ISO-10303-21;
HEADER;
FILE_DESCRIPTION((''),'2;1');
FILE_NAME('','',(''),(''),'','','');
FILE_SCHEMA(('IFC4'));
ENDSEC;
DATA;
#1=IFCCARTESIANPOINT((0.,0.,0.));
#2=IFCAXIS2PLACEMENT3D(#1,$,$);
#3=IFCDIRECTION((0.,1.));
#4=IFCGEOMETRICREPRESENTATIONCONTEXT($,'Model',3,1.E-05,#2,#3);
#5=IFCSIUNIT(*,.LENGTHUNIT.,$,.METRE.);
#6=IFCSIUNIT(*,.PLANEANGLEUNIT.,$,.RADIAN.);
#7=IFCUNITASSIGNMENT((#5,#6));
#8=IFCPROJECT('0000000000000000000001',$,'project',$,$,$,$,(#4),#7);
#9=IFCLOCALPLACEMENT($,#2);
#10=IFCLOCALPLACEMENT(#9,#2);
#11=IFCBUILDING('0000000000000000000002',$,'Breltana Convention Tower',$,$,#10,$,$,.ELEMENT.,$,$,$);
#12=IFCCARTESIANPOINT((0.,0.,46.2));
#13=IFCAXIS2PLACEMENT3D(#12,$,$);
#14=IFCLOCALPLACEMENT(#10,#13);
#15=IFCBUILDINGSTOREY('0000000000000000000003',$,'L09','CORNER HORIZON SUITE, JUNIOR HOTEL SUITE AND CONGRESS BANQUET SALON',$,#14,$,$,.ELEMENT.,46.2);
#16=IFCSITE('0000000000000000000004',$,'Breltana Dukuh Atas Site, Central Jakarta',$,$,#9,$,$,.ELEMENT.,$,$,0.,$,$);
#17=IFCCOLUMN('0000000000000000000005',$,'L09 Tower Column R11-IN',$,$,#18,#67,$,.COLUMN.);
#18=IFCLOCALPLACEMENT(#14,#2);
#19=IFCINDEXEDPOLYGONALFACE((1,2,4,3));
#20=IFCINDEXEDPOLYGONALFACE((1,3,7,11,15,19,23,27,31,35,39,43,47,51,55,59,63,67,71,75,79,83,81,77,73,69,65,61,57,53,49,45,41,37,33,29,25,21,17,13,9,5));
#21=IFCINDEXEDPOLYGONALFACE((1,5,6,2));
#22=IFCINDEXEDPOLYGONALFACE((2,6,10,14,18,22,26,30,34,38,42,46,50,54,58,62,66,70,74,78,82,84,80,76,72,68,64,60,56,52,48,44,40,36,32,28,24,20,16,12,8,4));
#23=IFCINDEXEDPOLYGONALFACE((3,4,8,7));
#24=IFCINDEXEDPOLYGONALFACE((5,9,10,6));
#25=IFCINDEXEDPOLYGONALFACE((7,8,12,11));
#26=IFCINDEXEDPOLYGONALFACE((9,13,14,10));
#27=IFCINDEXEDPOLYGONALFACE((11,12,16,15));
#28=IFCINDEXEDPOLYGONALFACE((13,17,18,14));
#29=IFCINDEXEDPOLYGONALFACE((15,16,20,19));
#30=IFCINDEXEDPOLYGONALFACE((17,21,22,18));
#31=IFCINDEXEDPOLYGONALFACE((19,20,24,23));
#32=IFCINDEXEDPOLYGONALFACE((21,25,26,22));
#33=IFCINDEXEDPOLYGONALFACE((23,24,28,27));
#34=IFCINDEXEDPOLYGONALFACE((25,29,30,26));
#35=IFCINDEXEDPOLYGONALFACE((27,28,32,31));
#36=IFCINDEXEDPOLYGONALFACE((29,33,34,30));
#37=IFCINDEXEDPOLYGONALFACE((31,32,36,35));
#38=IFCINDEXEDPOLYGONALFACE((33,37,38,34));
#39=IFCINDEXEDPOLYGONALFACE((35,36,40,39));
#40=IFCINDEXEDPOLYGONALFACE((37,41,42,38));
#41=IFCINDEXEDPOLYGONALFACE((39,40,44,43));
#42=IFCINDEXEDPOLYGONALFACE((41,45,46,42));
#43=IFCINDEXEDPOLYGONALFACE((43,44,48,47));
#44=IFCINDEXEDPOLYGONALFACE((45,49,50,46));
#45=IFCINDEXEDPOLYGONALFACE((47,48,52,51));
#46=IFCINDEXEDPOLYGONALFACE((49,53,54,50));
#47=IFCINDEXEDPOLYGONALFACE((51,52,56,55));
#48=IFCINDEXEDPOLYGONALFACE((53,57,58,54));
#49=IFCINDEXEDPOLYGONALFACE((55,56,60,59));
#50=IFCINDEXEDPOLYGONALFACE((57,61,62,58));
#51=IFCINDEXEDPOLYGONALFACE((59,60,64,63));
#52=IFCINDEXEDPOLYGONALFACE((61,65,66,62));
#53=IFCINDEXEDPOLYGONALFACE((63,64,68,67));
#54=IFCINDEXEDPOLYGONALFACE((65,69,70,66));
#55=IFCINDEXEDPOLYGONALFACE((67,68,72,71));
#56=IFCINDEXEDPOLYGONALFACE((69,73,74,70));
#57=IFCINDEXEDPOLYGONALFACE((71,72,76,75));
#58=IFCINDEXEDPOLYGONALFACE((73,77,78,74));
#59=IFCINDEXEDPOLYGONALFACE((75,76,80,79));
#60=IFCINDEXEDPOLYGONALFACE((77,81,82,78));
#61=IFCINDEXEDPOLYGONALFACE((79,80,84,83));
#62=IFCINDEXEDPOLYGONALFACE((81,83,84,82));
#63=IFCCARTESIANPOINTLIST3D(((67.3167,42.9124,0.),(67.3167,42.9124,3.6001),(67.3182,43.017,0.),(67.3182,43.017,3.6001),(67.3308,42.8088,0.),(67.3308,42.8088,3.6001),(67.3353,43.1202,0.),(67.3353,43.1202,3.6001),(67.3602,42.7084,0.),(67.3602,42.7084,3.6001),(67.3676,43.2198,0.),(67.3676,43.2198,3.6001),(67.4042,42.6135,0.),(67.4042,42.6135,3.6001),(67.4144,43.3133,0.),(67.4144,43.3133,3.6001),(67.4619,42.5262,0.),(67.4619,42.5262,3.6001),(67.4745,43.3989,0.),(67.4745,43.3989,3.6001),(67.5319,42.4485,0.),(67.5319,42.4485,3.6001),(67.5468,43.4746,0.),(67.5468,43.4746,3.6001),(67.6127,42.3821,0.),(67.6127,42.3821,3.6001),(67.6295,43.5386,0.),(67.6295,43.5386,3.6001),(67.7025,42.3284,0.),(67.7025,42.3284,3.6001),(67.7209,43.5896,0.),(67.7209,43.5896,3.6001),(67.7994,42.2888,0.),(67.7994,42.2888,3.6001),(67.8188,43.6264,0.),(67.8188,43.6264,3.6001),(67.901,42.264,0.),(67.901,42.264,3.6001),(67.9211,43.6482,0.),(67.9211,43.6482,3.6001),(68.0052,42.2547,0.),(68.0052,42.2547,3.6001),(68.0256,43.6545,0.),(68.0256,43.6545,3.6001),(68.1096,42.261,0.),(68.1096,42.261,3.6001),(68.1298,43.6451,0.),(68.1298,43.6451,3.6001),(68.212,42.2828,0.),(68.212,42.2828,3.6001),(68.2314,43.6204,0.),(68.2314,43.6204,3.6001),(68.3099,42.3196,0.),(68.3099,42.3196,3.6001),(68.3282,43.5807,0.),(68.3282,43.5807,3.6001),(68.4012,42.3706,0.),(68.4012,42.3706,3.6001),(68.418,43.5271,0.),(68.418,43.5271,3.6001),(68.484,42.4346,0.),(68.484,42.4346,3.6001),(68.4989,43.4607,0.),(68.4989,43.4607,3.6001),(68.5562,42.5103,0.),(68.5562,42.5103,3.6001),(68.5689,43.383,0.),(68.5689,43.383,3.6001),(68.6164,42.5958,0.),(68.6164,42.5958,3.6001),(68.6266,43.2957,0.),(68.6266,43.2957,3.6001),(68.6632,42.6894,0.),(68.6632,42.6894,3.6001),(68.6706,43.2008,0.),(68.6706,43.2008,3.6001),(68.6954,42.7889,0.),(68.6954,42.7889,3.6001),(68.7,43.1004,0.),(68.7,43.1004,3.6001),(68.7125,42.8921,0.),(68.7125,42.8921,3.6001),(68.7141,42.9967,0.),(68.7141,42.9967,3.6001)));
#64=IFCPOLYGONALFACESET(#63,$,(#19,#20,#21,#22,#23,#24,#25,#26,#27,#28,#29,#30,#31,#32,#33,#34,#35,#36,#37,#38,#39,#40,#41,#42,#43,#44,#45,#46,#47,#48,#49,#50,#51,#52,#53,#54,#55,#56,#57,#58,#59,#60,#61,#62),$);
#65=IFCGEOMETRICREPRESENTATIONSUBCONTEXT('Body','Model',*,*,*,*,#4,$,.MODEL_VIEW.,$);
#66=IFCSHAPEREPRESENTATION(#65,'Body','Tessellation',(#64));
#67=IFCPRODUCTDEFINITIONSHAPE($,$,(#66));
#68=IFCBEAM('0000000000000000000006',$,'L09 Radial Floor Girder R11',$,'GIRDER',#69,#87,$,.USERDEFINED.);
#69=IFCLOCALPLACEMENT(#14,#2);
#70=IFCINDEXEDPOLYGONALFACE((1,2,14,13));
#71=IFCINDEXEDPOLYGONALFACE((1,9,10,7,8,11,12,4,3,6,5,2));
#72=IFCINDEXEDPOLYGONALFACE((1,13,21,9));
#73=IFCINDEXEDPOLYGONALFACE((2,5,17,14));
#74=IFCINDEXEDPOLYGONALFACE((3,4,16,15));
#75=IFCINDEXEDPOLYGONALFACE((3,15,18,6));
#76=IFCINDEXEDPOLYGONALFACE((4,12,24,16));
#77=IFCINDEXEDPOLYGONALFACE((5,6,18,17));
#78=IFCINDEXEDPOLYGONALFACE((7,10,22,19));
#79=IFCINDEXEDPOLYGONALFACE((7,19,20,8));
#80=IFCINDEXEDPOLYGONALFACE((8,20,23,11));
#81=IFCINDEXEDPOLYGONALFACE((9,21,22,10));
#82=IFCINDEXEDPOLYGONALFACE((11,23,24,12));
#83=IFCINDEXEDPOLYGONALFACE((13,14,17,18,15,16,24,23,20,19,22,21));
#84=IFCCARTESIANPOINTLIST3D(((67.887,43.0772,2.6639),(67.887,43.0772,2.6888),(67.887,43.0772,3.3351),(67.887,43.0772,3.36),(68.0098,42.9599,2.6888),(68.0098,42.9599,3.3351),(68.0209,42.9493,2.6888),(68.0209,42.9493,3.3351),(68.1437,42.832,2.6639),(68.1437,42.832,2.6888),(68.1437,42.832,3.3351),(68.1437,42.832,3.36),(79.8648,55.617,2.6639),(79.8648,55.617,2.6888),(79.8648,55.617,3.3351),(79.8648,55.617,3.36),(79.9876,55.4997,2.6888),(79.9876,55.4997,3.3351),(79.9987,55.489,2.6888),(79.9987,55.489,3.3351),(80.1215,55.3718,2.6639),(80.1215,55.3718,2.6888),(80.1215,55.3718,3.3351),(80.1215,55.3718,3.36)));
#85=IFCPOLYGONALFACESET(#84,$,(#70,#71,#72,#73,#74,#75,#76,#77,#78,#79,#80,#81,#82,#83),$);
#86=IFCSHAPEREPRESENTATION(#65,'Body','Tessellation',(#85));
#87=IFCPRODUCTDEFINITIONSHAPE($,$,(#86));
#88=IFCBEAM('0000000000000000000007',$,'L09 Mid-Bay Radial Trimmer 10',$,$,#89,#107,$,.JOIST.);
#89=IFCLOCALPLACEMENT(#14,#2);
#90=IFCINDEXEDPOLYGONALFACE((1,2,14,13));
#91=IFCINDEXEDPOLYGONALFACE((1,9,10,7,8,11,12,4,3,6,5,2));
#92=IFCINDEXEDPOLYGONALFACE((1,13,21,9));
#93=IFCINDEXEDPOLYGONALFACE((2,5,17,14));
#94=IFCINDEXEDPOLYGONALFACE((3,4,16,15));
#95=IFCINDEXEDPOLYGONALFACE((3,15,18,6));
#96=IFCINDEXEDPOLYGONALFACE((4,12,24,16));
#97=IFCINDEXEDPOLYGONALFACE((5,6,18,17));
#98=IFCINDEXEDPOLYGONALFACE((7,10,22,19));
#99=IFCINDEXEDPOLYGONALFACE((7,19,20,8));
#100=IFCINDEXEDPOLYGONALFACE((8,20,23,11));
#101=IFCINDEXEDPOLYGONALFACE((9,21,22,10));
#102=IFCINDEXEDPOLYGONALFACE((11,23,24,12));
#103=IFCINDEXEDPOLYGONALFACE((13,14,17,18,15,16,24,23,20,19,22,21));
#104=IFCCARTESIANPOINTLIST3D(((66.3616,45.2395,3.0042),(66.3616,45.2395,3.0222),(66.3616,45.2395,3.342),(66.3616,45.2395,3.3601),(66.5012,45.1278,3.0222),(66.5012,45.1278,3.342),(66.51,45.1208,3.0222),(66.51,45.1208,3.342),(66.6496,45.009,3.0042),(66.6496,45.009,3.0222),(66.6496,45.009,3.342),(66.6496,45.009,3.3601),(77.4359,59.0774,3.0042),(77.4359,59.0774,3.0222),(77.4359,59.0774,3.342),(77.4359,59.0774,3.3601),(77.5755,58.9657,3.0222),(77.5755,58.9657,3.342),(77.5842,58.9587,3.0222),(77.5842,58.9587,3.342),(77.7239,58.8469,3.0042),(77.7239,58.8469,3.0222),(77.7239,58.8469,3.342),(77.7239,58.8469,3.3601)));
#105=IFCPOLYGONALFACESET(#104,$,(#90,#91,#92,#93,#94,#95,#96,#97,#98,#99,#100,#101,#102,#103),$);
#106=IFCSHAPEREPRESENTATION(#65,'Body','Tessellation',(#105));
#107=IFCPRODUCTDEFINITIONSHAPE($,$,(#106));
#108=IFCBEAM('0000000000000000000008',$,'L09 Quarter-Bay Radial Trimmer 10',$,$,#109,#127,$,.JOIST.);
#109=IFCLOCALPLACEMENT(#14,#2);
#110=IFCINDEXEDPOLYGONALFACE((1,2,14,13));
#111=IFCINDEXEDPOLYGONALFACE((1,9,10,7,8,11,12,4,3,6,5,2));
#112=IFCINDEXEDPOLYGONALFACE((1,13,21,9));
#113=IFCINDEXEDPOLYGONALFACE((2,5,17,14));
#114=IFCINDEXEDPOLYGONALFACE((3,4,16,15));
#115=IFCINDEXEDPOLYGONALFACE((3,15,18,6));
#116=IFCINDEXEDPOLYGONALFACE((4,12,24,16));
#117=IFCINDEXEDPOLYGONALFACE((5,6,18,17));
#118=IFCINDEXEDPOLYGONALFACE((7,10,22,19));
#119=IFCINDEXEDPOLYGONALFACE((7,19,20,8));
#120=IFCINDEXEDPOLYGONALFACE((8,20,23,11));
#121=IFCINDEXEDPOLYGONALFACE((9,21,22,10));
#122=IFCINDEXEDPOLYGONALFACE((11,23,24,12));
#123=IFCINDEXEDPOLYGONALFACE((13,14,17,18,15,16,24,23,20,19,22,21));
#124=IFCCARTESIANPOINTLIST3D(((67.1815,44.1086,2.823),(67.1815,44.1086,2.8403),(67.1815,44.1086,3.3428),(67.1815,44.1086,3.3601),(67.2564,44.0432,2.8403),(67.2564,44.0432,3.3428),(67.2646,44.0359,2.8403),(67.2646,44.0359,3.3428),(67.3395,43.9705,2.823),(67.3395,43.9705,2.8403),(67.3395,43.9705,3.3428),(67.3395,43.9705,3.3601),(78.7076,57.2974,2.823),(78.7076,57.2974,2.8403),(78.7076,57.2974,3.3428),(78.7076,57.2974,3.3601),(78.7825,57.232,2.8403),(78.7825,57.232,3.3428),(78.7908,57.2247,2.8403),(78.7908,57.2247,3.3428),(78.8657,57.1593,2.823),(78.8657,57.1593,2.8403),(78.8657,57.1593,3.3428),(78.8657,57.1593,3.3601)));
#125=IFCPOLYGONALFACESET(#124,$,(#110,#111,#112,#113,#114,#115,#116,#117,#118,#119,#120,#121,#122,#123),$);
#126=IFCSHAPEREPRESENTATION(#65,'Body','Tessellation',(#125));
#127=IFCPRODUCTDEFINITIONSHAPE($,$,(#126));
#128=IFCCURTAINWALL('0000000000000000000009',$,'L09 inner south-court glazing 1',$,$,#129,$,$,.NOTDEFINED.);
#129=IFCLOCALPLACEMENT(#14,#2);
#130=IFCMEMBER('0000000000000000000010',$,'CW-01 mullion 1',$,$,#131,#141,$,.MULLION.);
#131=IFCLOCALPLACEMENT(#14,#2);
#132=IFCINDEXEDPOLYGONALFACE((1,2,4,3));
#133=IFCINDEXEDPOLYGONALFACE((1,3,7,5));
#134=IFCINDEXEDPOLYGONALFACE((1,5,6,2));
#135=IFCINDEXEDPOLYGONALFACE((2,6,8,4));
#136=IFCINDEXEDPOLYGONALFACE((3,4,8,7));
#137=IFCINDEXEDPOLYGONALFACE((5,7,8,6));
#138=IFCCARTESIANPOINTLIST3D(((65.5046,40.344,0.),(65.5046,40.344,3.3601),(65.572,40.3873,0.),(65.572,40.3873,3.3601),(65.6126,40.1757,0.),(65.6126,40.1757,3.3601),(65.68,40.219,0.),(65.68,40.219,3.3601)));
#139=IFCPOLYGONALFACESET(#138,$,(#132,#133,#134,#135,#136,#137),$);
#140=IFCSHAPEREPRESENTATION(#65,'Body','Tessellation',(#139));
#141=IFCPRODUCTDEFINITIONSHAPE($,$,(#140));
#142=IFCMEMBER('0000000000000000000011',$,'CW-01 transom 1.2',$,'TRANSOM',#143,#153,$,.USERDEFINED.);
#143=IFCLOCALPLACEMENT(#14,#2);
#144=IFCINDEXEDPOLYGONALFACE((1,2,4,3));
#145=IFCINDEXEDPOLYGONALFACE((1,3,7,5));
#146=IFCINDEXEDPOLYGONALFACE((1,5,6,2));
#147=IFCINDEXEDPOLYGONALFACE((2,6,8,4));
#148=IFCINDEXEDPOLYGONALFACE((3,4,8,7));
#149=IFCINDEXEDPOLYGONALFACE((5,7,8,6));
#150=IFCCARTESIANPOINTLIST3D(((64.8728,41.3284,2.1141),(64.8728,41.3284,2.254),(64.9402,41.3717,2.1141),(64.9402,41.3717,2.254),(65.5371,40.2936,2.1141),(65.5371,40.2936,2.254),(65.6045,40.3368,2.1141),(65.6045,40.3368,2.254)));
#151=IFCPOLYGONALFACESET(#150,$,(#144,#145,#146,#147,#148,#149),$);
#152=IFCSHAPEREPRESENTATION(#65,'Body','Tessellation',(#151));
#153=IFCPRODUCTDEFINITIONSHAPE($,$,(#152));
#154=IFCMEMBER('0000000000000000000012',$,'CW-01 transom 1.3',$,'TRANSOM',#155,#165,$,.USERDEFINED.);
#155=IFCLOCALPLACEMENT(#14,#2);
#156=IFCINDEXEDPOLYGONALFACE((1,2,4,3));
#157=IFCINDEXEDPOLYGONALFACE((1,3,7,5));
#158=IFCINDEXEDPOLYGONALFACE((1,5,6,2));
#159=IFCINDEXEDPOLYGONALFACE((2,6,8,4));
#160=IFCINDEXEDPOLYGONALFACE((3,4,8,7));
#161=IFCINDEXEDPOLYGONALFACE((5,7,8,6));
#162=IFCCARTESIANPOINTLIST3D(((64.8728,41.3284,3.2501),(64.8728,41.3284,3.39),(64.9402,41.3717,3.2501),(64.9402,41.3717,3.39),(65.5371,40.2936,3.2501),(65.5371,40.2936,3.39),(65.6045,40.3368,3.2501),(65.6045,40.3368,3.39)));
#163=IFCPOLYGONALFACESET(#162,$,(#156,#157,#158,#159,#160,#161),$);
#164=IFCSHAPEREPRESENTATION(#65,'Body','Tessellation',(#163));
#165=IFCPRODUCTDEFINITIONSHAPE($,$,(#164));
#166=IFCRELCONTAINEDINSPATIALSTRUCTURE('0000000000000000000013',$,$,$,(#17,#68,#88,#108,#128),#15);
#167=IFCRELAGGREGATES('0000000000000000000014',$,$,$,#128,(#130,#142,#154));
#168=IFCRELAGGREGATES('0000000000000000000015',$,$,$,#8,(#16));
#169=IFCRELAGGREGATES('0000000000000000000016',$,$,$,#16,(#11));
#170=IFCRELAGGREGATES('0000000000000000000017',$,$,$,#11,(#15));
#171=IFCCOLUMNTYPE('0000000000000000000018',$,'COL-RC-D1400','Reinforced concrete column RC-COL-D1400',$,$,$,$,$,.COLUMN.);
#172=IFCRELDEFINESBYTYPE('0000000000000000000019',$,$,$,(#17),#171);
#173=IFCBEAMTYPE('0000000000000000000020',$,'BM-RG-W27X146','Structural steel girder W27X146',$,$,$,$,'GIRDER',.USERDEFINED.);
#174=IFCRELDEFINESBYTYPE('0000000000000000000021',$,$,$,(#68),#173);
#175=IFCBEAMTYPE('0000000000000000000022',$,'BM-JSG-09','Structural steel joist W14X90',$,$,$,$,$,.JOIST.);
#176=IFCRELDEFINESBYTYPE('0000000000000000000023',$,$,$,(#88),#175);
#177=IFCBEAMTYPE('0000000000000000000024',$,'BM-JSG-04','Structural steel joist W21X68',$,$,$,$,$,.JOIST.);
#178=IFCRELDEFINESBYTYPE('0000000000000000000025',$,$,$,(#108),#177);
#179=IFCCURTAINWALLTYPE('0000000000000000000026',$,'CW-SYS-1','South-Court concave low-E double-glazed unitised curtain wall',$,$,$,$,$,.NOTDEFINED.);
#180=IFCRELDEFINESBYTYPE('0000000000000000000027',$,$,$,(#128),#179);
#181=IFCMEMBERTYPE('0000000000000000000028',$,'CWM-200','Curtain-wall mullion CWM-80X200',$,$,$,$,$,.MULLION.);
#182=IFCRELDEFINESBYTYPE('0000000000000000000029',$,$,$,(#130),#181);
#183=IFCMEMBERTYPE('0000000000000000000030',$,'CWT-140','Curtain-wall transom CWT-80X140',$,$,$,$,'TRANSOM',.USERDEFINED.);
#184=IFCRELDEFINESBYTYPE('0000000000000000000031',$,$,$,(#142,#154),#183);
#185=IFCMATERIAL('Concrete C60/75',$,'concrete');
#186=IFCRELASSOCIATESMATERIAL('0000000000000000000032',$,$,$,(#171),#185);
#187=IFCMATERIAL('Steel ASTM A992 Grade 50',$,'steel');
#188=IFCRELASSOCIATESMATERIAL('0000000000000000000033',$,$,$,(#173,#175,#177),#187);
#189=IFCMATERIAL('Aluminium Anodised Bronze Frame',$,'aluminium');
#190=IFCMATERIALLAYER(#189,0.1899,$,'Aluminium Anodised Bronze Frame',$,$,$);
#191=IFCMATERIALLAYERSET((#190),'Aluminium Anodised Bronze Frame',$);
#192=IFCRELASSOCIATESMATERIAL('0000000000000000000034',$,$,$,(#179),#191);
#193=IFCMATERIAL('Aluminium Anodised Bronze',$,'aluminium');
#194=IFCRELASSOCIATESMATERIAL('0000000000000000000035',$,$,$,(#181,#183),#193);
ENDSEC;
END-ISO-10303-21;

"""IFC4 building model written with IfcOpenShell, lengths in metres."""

from ifc_helpers import new_model, si_unit, direction, frame, origin, origin_2d, place, context, subcontext, project, spatial, rectangle, circle, i_section, extrude, source, transform, mapped, material, layer, layer_set, material_profile, profile_set, type_object, type_shapes, element, aggregate, save


model = new_model("IFC4")

# Units and contexts
model_context = context("Model", 3, precision=1e-05, world=origin(), true_north=direction((0.0, 1.0)))
body_context = subcontext(model_context, "Body", "Model", "MODEL_VIEW")
ifc_project = project(units=[si_unit("LENGTHUNIT", "METRE"), si_unit("PLANEANGLEUNIT", "RADIAN")], contexts=[model_context])

# Site, building, storey
site_placement = place(None, origin())
site = spatial("IfcSite", under=ifc_project, at=site_placement, Name="Breltana Dukuh Atas Site, Central Jakarta", CompositionType="ELEMENT", RefElevation=0.0)
building_placement = place(site_placement, origin())
building = spatial("IfcBuilding", under=site, at=building_placement, Name="Breltana Convention Tower", CompositionType="ELEMENT")
storey_placement = place(building_placement, frame((0.0, 0.0, 46.2)))
storey = spatial("IfcBuildingStorey", under=building, at=storey_placement, Name="L09", Description="CORNER HORIZON SUITE, JUNIOR HOTEL SUITE AND CONGRESS BANQUET SALON", CompositionType="ELEMENT", Elevation=46.2)

# Column
ifc_material_1 = material(Name="Concrete C60/75", Category="concrete")
ifc_material_profile_1 = material_profile(ifc_material_1, circle(Radius=0.7, at=origin_2d()), Name="RC-COL-D1400")
ifc_profile_set_1 = profile_set([ifc_material_profile_1], Name="Concrete C60/75")
column_type = type_object("IfcColumnType", Name="COL-RC-D1400", Description="Reinforced concrete column RC-COL-D1400", PredefinedType="COLUMN", material=ifc_profile_set_1)
shared_shape_1 = source(origin(), body_context, "Body", "SweptSolid", [
    extrude(circle(Radius=0.7, at=origin_2d()), origin(), (0.0, 0.0, 1.0), 3.6001),
])
column_placement = place(storey_placement, frame((68.0154, 42.9546, 0.0), z_axis=(0.0, 0.0, 1.0), x_axis=(0.690756, 0.723088, 0.0)))
element("IfcColumn", 1, at=column_placement, inside=storey, type_object=column_type, Name="L09 Tower Column R11-IN", PredefinedType="COLUMN", context=body_context, shape_type="MappedRepresentation", body=[
    mapped(shared_shape_1, transform((0.0, 0.0, 0.0), scale=1.0)),
])

# Beams
ifc_material_2 = material(Name="Steel ASTM A992 Grade 50", Category="steel")
ifc_material_profile_2 = material_profile(ifc_material_2, i_section(OverallWidth=0.355, OverallDepth=0.696, WebThickness=0.0154, FlangeThickness=0.0249, at=origin_2d()), Name="W27X146")
ifc_profile_set_2 = profile_set([ifc_material_profile_2], Name="Steel ASTM A992 Grade 50")
beam_type_1 = type_object("IfcBeamType", Name="BM-RG-W27X146", Description="Structural steel girder W27X146", ElementType="GIRDER", PredefinedType="USERDEFINED", material=ifc_profile_set_2)
shared_shape_2 = source(origin(), body_context, "Body", "SweptSolid", [
    extrude(i_section(OverallWidth=0.355, OverallDepth=0.696, WebThickness=0.0154, FlangeThickness=0.0249, at=origin_2d()), origin(), (0.0, 0.0, 1.0), 17.3411),
])
type_shapes(beam_type_1, [shared_shape_2])
beam_1_placement = place(storey_placement, frame((68.0154, 42.9546, 3.012), z_axis=(0.690716, 0.723126, 0.0), x_axis=(-0.723126, 0.690716, 0.0)))
element("IfcBeam", 2, at=beam_1_placement, inside=storey, type_object=beam_type_1, Name="L09 Radial Floor Girder R11", ObjectType="GIRDER", PredefinedType="USERDEFINED", context=body_context, shape_type="MappedRepresentation", body=[
    mapped(shared_shape_2, transform((0.0, 0.0, 0.0), scale=1.0)),
])
ifc_material_profile_3 = material_profile(ifc_material_2, i_section(OverallWidth=0.3689, OverallDepth=0.356, WebThickness=0.0112, FlangeThickness=0.0181, at=origin_2d()), Name="W14X90")
ifc_profile_set_3 = profile_set([ifc_material_profile_3], Name="Steel ASTM A992 Grade 50")
beam_type_2 = type_object("IfcBeamType", Name="BM-JSG-09", Description="Structural steel joist W14X90", PredefinedType="JOIST", material=ifc_profile_set_3)
shared_shape_3 = source(origin(), body_context, "Body", "SweptSolid", [
    extrude(i_section(OverallWidth=0.3689, OverallDepth=0.356, WebThickness=0.0112, FlangeThickness=0.0181, at=origin_2d()), origin(), (0.0, 0.0, 1.0), 17.7236),
])
beam_2_placement = place(storey_placement, frame((66.5056, 45.1243, 3.1821), z_axis=(0.624829, 0.780761, 0.0), x_axis=(-0.780761, 0.624829, 0.0)))
element("IfcBeam", 3, at=beam_2_placement, inside=storey, type_object=beam_type_2, Name="L09 Mid-Bay Radial Trimmer 10", PredefinedType="JOIST", context=body_context, shape_type="MappedRepresentation", body=[
    mapped(shared_shape_3, transform((0.0, 0.0, 0.0), scale=1.0)),
])
ifc_material_profile_4 = material_profile(ifc_material_2, i_section(OverallWidth=0.21, OverallDepth=0.5371, WebThickness=0.011, FlangeThickness=0.0173, at=origin_2d()), Name="W21X68")
ifc_profile_set_4 = profile_set([ifc_material_profile_4], Name="Steel ASTM A992 Grade 50")
beam_type_3 = type_object("IfcBeamType", Name="BM-JSG-04", Description="Structural steel joist W21X68", PredefinedType="JOIST", material=ifc_profile_set_4)
shared_shape_4 = source(origin(), body_context, "Body", "SweptSolid", [
    extrude(i_section(OverallWidth=0.21, OverallDepth=0.5371, WebThickness=0.011, FlangeThickness=0.0173, at=origin_2d()), origin(), (0.0, 0.0, 1.0), 17.5156),
])
beam_3_placement = place(storey_placement, frame((67.2605, 44.0396, 3.0916), z_axis=(0.658052, 0.752973, 0.0), x_axis=(-0.752973, 0.658052, 0.0)))
element("IfcBeam", 4, at=beam_3_placement, inside=storey, type_object=beam_type_3, Name="L09 Quarter-Bay Radial Trimmer 10", PredefinedType="JOIST", context=body_context, shape_type="MappedRepresentation", body=[
    mapped(shared_shape_4, transform((0.0, 0.0, 0.0), scale=1.0)),
])

# Curtain wall, members
ifc_material_3 = material(Name="Aluminium Anodised Bronze Frame", Category="aluminium")
ifc_layer_1 = layer(ifc_material_3, 0.1899, Name="Aluminium Anodised Bronze Frame")
ifc_layer_set_1 = layer_set([ifc_layer_1], Name="Aluminium Anodised Bronze Frame")
curtain_wall_type = type_object("IfcCurtainWallType", Name="CW-SYS-1", Description="South-Court concave low-E double-glazed unitised curtain wall", PredefinedType="NOTDEFINED", material=ifc_layer_set_1)
curtain_wall_placement = place(storey_placement, origin())
curtain_wall = element("IfcCurtainWall", 5, at=curtain_wall_placement, inside=storey, type_object=curtain_wall_type, Name="L09 inner south-court glazing 1", PredefinedType="NOTDEFINED")
ifc_material_4 = material(Name="Aluminium Anodised Bronze", Category="aluminium")
ifc_material_profile_5 = material_profile(ifc_material_4, rectangle(XDim=0.0801, YDim=0.2, at=origin_2d()), Name="CWM-80X200")
ifc_profile_set_5 = profile_set([ifc_material_profile_5], Name="Aluminium Anodised Bronze")
member_type_1 = type_object("IfcMemberType", Name="CWM-200", Description="Curtain-wall mullion CWM-80X200", PredefinedType="MULLION", material=ifc_profile_set_5)
shared_shape_5 = source(origin(), body_context, "Body", "SweptSolid", [
    extrude(rectangle(XDim=0.0801, YDim=0.2, at=origin_2d()), origin(), (0.0, 0.0, 1.0), 3.3601),
])
member_1_placement = place(storey_placement, frame((65.5923, 40.2815, 0.0), z_axis=(0.0, 0.0, 1.0), x_axis=(-0.841556, -0.54017, 0.0)))
member_1 = element("IfcMember", 6, at=member_1_placement, type_object=member_type_1, Name="CW-01 mullion 1", PredefinedType="MULLION", context=body_context, shape_type="MappedRepresentation", body=[
    mapped(shared_shape_5, transform((0.0, 0.0, 0.0), scale=1.0)),
])
ifc_material_profile_6 = material_profile(ifc_material_4, rectangle(XDim=0.0801, YDim=0.1399, at=origin_2d()), Name="CWT-80X140")
ifc_profile_set_6 = profile_set([ifc_material_profile_6], Name="Aluminium Anodised Bronze")
member_type_2 = type_object("IfcMemberType", Name="CWT-140", Description="Curtain-wall transom CWT-80X140", ElementType="TRANSOM", PredefinedType="USERDEFINED", material=ifc_profile_set_6)
shared_shape_6 = source(origin(), body_context, "Body", "SweptSolid", [
    extrude(rectangle(XDim=0.0801, YDim=0.1399, at=origin_2d()), origin(), (0.0, 0.0, 1.0), 1.2297),
])
member_2_placement = place(storey_placement, frame((65.5708, 40.3152, 2.1841), z_axis=(-0.540186, 0.841546, 0.0), x_axis=(-0.841546, -0.540186, 0.0)))
member_2 = element("IfcMember", 7, at=member_2_placement, type_object=member_type_2, Name="CW-01 transom 1.2", ObjectType="TRANSOM", PredefinedType="USERDEFINED", context=body_context, shape_type="MappedRepresentation", body=[
    mapped(shared_shape_6, transform((0.0, 0.0, 0.0), scale=1.0)),
])
member_3_placement = place(storey_placement, frame((65.5708, 40.3152, 3.3201), z_axis=(-0.540186, 0.841546, 0.0), x_axis=(-0.841546, -0.540186, 0.0)))
member_3 = element("IfcMember", 8, at=member_3_placement, type_object=member_type_2, Name="CW-01 transom 1.3", ObjectType="TRANSOM", PredefinedType="USERDEFINED", context=body_context, shape_type="MappedRepresentation", body=[
    mapped(shared_shape_6, transform((0.0, 0.0, 0.0), scale=1.0)),
])
aggregate(curtain_wall, [member_1, member_2, member_3])

save(model, "model.ifc")
